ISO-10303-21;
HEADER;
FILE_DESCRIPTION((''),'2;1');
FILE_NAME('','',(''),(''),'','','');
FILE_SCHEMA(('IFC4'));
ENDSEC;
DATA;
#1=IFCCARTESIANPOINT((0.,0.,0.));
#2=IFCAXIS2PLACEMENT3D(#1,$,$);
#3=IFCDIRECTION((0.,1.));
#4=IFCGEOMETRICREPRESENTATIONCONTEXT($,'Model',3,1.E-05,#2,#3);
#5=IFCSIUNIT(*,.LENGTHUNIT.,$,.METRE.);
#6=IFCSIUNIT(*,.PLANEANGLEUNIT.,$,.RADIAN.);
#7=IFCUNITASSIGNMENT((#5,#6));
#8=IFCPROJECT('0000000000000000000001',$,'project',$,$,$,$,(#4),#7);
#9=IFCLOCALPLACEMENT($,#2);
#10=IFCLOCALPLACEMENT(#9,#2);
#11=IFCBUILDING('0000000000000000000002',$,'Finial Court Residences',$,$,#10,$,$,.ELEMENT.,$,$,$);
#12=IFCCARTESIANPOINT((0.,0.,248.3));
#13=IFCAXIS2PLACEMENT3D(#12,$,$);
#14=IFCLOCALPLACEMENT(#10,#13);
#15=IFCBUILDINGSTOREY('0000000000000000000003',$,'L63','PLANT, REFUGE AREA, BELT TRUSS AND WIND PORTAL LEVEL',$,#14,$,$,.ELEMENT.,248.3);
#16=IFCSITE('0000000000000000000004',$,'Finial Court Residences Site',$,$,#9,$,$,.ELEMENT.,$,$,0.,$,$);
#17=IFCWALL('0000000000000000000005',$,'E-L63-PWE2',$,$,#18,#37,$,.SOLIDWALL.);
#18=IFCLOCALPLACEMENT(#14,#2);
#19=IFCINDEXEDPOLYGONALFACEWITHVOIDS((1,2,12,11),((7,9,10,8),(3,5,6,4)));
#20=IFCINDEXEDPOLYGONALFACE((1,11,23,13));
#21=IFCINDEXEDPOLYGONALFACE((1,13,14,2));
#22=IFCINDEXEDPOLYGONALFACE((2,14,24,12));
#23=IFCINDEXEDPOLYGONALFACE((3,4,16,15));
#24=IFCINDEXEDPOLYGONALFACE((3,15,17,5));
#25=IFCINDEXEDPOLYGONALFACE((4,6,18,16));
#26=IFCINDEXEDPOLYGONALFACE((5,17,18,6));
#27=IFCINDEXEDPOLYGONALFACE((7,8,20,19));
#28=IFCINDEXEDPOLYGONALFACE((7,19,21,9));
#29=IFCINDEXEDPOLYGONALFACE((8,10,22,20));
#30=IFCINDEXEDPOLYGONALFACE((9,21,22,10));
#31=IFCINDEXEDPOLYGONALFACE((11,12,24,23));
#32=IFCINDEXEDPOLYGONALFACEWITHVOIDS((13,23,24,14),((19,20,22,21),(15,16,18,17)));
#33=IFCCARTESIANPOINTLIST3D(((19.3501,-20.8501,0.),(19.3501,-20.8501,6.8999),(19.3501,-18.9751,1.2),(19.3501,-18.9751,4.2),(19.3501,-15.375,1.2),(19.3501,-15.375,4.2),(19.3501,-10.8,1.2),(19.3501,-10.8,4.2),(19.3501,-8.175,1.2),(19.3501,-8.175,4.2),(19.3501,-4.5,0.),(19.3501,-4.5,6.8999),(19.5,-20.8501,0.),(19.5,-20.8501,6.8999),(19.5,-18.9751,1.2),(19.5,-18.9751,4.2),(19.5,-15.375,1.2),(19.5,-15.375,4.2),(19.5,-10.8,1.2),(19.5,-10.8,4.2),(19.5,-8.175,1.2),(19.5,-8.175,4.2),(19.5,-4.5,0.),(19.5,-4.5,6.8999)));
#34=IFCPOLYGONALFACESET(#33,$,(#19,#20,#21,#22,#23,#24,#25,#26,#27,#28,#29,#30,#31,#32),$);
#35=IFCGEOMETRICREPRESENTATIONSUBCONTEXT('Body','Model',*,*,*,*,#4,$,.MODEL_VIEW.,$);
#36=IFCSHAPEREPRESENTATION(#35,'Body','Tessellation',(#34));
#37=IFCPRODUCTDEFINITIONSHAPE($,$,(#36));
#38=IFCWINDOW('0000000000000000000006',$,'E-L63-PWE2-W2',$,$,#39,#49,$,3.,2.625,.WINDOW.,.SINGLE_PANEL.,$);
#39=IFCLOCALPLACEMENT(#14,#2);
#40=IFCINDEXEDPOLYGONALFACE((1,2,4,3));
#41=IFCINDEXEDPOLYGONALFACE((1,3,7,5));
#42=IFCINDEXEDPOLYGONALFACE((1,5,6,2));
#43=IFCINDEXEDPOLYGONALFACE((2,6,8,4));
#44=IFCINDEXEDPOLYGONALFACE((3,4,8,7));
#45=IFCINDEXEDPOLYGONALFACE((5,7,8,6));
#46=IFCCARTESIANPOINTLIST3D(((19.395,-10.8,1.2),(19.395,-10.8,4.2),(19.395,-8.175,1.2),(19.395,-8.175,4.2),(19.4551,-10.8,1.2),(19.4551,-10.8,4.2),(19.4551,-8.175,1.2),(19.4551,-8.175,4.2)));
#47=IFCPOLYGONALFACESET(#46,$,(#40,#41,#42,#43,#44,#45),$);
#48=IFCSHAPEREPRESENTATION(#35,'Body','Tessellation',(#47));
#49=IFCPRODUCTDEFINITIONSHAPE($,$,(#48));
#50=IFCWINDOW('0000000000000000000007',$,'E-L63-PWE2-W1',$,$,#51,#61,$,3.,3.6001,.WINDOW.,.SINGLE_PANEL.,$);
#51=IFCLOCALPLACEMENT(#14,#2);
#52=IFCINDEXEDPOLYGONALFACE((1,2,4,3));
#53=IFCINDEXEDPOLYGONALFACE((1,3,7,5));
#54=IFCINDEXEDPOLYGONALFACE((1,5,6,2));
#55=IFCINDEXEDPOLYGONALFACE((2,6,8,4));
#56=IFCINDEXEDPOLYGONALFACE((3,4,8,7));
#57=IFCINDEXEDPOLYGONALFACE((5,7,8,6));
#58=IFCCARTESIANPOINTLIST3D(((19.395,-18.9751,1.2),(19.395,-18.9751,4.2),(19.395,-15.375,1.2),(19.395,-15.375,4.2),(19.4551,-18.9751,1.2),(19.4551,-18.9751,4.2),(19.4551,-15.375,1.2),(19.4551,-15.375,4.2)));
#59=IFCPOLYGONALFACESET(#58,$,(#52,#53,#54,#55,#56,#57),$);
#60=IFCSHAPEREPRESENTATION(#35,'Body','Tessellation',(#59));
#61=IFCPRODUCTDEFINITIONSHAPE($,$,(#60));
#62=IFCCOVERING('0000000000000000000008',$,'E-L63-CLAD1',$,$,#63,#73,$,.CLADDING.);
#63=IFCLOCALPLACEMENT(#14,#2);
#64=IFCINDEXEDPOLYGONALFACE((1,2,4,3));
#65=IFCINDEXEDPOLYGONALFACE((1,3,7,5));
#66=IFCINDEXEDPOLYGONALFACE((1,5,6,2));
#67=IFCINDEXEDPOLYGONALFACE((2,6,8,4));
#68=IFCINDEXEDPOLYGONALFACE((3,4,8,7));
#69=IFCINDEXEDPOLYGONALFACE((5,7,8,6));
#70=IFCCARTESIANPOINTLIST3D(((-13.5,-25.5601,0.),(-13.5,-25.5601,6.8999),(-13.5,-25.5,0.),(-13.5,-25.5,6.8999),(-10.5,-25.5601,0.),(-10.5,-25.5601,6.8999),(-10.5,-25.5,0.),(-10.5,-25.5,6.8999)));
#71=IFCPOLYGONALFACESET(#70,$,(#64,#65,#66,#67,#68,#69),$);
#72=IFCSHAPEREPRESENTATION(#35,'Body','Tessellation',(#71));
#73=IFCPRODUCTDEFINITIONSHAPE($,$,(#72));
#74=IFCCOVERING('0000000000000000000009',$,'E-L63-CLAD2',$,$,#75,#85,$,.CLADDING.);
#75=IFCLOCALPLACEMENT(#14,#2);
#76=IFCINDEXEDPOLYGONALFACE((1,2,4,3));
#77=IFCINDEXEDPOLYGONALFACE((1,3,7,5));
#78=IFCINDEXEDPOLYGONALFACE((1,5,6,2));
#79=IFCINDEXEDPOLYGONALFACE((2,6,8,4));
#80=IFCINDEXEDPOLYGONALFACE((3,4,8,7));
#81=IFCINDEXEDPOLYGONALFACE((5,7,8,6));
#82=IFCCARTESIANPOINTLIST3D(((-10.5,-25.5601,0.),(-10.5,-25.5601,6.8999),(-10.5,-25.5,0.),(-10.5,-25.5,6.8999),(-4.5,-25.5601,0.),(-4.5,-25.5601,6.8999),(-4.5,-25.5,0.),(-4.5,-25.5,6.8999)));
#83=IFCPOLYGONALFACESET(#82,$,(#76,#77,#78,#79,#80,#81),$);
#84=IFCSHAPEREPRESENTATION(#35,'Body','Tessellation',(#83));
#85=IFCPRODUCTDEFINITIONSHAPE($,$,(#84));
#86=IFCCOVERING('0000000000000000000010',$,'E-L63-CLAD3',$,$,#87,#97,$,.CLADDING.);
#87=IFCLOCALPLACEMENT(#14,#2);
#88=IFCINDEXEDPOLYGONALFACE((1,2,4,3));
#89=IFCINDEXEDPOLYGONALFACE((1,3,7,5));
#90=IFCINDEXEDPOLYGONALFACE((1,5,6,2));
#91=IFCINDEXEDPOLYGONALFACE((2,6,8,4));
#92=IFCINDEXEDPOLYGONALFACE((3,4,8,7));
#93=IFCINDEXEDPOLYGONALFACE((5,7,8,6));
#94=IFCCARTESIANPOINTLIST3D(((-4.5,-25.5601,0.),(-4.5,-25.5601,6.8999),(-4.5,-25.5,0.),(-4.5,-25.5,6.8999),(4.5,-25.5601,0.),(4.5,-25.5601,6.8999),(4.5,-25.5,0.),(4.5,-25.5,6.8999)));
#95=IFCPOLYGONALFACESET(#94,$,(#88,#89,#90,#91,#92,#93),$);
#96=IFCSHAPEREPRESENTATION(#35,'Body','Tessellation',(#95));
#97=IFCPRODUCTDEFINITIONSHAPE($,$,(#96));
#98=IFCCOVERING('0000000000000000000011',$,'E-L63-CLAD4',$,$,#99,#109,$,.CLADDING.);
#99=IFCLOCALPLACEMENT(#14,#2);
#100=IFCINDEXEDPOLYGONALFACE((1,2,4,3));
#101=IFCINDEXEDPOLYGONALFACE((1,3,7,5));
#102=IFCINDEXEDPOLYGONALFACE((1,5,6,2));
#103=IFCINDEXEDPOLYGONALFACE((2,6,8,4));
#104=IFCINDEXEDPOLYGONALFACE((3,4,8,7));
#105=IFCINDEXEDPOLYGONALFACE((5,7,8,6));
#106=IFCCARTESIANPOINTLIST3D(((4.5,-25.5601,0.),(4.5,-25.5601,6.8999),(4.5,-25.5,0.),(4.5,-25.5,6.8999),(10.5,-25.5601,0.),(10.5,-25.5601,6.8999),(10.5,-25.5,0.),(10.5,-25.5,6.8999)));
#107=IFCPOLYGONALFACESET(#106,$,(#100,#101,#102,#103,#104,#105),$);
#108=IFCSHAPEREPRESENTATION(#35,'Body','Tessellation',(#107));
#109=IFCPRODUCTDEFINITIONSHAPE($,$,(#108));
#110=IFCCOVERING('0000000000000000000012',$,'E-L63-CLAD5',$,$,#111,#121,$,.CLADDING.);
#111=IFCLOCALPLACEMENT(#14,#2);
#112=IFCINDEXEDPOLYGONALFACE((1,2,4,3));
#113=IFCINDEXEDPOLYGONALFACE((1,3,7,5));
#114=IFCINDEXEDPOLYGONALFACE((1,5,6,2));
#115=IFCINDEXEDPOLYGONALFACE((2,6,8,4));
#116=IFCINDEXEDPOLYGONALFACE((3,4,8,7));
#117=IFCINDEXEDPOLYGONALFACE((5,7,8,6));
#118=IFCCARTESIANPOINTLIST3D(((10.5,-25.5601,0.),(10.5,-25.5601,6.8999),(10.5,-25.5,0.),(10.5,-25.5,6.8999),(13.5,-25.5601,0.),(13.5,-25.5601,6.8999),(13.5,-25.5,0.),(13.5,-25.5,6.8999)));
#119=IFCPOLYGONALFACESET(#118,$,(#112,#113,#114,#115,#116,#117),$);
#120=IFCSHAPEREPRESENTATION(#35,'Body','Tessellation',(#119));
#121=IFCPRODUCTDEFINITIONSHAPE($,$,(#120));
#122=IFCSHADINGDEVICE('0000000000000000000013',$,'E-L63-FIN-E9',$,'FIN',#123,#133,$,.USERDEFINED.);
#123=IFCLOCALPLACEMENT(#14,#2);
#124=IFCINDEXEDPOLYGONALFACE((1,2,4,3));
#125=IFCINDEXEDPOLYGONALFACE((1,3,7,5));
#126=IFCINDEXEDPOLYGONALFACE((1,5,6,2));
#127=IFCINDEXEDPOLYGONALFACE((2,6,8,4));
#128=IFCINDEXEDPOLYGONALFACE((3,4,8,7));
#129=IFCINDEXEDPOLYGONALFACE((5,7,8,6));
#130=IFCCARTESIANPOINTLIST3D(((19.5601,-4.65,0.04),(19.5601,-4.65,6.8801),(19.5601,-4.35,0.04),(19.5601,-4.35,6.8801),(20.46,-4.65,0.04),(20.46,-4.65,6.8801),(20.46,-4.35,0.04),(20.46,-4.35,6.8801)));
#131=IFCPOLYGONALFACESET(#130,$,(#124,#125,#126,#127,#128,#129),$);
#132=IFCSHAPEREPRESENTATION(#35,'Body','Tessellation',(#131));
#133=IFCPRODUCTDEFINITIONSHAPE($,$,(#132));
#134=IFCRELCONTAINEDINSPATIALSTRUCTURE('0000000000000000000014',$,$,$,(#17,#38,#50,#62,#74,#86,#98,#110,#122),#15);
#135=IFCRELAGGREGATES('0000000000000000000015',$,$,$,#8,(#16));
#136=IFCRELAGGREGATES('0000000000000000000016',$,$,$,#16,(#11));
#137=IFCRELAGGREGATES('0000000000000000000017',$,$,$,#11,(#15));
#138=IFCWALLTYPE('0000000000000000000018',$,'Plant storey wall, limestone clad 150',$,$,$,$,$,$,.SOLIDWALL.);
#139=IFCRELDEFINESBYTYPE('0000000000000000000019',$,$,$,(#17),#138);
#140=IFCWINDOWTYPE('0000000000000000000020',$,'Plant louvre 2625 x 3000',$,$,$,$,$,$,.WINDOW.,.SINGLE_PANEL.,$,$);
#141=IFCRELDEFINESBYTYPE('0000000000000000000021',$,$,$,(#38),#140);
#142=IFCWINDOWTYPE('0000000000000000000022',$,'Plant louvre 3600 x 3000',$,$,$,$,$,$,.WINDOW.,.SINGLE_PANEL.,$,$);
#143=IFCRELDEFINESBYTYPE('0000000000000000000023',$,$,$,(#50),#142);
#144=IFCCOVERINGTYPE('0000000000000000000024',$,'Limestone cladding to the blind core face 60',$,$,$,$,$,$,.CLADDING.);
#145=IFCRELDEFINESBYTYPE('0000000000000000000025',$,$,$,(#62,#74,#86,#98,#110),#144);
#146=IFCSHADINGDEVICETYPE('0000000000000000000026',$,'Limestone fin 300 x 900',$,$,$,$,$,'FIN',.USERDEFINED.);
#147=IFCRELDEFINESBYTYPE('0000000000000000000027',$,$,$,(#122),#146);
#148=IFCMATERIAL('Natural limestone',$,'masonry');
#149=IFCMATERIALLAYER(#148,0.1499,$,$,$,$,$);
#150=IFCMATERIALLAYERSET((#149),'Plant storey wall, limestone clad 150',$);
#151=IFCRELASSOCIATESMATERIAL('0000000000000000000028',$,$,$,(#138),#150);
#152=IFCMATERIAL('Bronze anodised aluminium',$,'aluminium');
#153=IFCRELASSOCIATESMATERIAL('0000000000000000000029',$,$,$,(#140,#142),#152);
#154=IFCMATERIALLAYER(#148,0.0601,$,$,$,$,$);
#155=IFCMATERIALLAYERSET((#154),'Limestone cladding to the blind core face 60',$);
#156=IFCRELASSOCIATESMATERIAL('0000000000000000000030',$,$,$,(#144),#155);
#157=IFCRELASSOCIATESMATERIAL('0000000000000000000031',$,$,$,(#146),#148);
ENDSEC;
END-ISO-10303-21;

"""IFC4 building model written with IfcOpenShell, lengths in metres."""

from ifc_helpers import new_model, si_unit, direction, frame, frame_2d, origin, origin_2d, place, context, subcontext, project, spatial, polyline, rectangle, outline, extrude, material, layer, layer_set, type_object, element, fill, save


model = new_model("IFC4")

# Units and contexts
model_context = context("Model", 3, precision=1e-05, world=origin(), true_north=direction((0.0, 1.0)))
body_context = subcontext(model_context, "Body", "Model", "MODEL_VIEW")
ifc_project = project(units=[si_unit("LENGTHUNIT", "METRE"), si_unit("PLANEANGLEUNIT", "RADIAN")], contexts=[model_context])

# Site, building, storey
site_placement = place(None, origin())
site = spatial("IfcSite", under=ifc_project, at=site_placement, Name="Finial Court Residences Site", CompositionType="ELEMENT", RefElevation=0.0)
building_placement = place(site_placement, origin())
building = spatial("IfcBuilding", under=site, at=building_placement, Name="Finial Court Residences", CompositionType="ELEMENT")
storey_placement = place(building_placement, frame((0.0, 0.0, 248.3)))
storey = spatial("IfcBuildingStorey", under=building, at=storey_placement, Name="L63", Description="PLANT, REFUGE AREA, BELT TRUSS AND WIND PORTAL LEVEL", CompositionType="ELEMENT", Elevation=248.3)

# Wall, openings, windows
ifc_material_1 = material(Name="Natural limestone", Category="masonry")
ifc_layer_1 = layer(ifc_material_1, 0.1499)
ifc_layer_set_1 = layer_set([ifc_layer_1], Name="Plant storey wall, limestone clad 150")
wall_type_1 = type_object("IfcWallType", Name="Plant storey wall, limestone clad 150", PredefinedType="SOLIDWALL", material=ifc_layer_set_1)
wall_1_placement = place(storey_placement, frame((19.425, -4.5, 0.0), z_axis=(0.0, 0.0, 1.0), x_axis=(0.0, -1.0, 0.0)))
wall_1 = element("IfcWall", 1, at=wall_1_placement, inside=storey, type_object=wall_type_1, Name="E-L63-PWE2", PredefinedType="SOLIDWALL", context=body_context, shape_type="SweptSolid", body=[
    extrude(rectangle(XDim=16.3501, YDim=0.1499, at=frame_2d((8.175, 0.0))), origin(), (0.0, 0.0, 1.0), 6.8999),
])
opening_1_placement = place(wall_1_placement, frame((10.875, 0.0, 1.2)))
opening_1 = element("IfcOpeningElement", 2, at=opening_1_placement, cuts=wall_1, PredefinedType="OPENING", context=body_context, shape_type="SweptSolid", body=[
    extrude(rectangle(XDim=3.6001, YDim=3.0, at=frame_2d((1.8, 1.5))), frame((0.0, 0.085, 0.0), z_axis=(0.0, -1.0, 0.0), x_axis=(1.0, 0.0, 0.0)), (0.0, 0.0, 1.0), 0.1699),
])
opening_2_placement = place(wall_1_placement, frame((3.675, 0.0, 1.2)))
opening_2 = element("IfcOpeningElement", 3, at=opening_2_placement, cuts=wall_1, PredefinedType="OPENING", context=body_context, shape_type="SweptSolid", body=[
    extrude(rectangle(XDim=2.625, YDim=3.0, at=frame_2d((1.3125, 1.5))), frame((0.0, 0.085, 0.0), z_axis=(0.0, -1.0, 0.0), x_axis=(1.0, 0.0, 0.0)), (0.0, 0.0, 1.0), 0.1699),
])
ifc_material_2 = material(Name="Bronze anodised aluminium", Category="aluminium")
window_type_1 = type_object("IfcWindowType", Name="Plant louvre 2625 x 3000", PartitioningType="SINGLE_PANEL", PredefinedType="WINDOW", material=ifc_material_2)
window_1_placement = place(opening_2_placement, origin())
window_1 = element("IfcWindow", 4, at=window_1_placement, inside=storey, type_object=window_type_1, Name="E-L63-PWE2-W2", OverallHeight=3.0, OverallWidth=2.625, PartitioningType="SINGLE_PANEL", PredefinedType="WINDOW", context=body_context, shape_type="SweptSolid", body=[
    extrude(rectangle(XDim=2.625, YDim=3.0, at=frame_2d((1.3125, 1.5))), frame((0.0, 0.03, 0.0), z_axis=(0.0, -1.0, 0.0), x_axis=(1.0, 0.0, 0.0)), (0.0, 0.0, 1.0), 0.0601),
])
fill(opening_2, window_1)
window_type_2 = type_object("IfcWindowType", Name="Plant louvre 3600 x 3000", PartitioningType="SINGLE_PANEL", PredefinedType="WINDOW", material=ifc_material_2)
window_2_placement = place(opening_1_placement, origin())
window_2 = element("IfcWindow", 5, at=window_2_placement, inside=storey, type_object=window_type_2, Name="E-L63-PWE2-W1", OverallHeight=3.0, OverallWidth=3.6001, PartitioningType="SINGLE_PANEL", PredefinedType="WINDOW", context=body_context, shape_type="SweptSolid", body=[
    extrude(rectangle(XDim=3.6001, YDim=3.0, at=frame_2d((1.8, 1.5))), frame((0.0, 0.03, 0.0), z_axis=(0.0, -1.0, 0.0), x_axis=(1.0, 0.0, 0.0)), (0.0, 0.0, 1.0), 0.0601),
])
fill(opening_1, window_2)

# Coverings
ifc_layer_2 = layer(ifc_material_1, 0.0601)
ifc_layer_set_2 = layer_set([ifc_layer_2], Name="Limestone cladding to the blind core face 60")
covering_type_1 = type_object("IfcCoveringType", Name="Limestone cladding to the blind core face 60", PredefinedType="CLADDING", material=ifc_layer_set_2)
covering_1_placement = place(storey_placement, origin())
element("IfcCovering", 6, at=covering_1_placement, inside=storey, type_object=covering_type_1, Name="E-L63-CLAD1", PredefinedType="CLADDING", context=body_context, shape_type="SweptSolid", body=[
    extrude(outline(polyline([(-10.5, -25.5601), (-10.5, -25.5), (-13.5, -25.5), (-13.5, -25.5601), (-10.5, -25.5601)])), origin(), (0.0, 0.0, 1.0), 6.8999),
])
covering_2_placement = place(storey_placement, origin())
element("IfcCovering", 7, at=covering_2_placement, inside=storey, type_object=covering_type_1, Name="E-L63-CLAD2", PredefinedType="CLADDING", context=body_context, shape_type="SweptSolid", body=[
    extrude(outline(polyline([(-4.5, -25.5601), (-4.5, -25.5), (-10.5, -25.5), (-10.5, -25.5601), (-4.5, -25.5601)])), origin(), (0.0, 0.0, 1.0), 6.8999),
])
covering_3_placement = place(storey_placement, origin())
element("IfcCovering", 8, at=covering_3_placement, inside=storey, type_object=covering_type_1, Name="E-L63-CLAD3", PredefinedType="CLADDING", context=body_context, shape_type="SweptSolid", body=[
    extrude(outline(polyline([(4.5, -25.5601), (4.5, -25.5), (-4.5, -25.5), (-4.5, -25.5601), (4.5, -25.5601)])), origin(), (0.0, 0.0, 1.0), 6.8999),
])
covering_4_placement = place(storey_placement, origin())
element("IfcCovering", 9, at=covering_4_placement, inside=storey, type_object=covering_type_1, Name="E-L63-CLAD4", PredefinedType="CLADDING", context=body_context, shape_type="SweptSolid", body=[
    extrude(outline(polyline([(10.5, -25.5601), (10.5, -25.5), (4.5, -25.5), (4.5, -25.5601), (10.5, -25.5601)])), origin(), (0.0, 0.0, 1.0), 6.8999),
])
covering_5_placement = place(storey_placement, origin())
element("IfcCovering", 10, at=covering_5_placement, inside=storey, type_object=covering_type_1, Name="E-L63-CLAD5", PredefinedType="CLADDING", context=body_context, shape_type="SweptSolid", body=[
    extrude(outline(polyline([(13.5, -25.5601), (13.5, -25.5), (10.5, -25.5), (10.5, -25.5601), (13.5, -25.5601)])), origin(), (0.0, 0.0, 1.0), 6.8999),
])

# Shading device
shading_device_type = type_object("IfcShadingDeviceType", Name="Limestone fin 300 x 900", ElementType="FIN", PredefinedType="USERDEFINED", material=ifc_material_1)
shading_device_placement = place(storey_placement, frame((20.01, -4.5, 0.04), z_axis=(0.0, 0.0, 1.0), x_axis=(1.0, 0.0, 0.0)))
element("IfcShadingDevice", 11, at=shading_device_placement, inside=storey, type_object=shading_device_type, Name="E-L63-FIN-E9", ObjectType="FIN", PredefinedType="USERDEFINED", context=body_context, shape_type="SweptSolid", body=[
    extrude(rectangle(XDim=0.8999, YDim=0.3, at=origin_2d()), origin(), (0.0, 0.0, 1.0), 6.8401),
])

save(model, "model.ifc")
